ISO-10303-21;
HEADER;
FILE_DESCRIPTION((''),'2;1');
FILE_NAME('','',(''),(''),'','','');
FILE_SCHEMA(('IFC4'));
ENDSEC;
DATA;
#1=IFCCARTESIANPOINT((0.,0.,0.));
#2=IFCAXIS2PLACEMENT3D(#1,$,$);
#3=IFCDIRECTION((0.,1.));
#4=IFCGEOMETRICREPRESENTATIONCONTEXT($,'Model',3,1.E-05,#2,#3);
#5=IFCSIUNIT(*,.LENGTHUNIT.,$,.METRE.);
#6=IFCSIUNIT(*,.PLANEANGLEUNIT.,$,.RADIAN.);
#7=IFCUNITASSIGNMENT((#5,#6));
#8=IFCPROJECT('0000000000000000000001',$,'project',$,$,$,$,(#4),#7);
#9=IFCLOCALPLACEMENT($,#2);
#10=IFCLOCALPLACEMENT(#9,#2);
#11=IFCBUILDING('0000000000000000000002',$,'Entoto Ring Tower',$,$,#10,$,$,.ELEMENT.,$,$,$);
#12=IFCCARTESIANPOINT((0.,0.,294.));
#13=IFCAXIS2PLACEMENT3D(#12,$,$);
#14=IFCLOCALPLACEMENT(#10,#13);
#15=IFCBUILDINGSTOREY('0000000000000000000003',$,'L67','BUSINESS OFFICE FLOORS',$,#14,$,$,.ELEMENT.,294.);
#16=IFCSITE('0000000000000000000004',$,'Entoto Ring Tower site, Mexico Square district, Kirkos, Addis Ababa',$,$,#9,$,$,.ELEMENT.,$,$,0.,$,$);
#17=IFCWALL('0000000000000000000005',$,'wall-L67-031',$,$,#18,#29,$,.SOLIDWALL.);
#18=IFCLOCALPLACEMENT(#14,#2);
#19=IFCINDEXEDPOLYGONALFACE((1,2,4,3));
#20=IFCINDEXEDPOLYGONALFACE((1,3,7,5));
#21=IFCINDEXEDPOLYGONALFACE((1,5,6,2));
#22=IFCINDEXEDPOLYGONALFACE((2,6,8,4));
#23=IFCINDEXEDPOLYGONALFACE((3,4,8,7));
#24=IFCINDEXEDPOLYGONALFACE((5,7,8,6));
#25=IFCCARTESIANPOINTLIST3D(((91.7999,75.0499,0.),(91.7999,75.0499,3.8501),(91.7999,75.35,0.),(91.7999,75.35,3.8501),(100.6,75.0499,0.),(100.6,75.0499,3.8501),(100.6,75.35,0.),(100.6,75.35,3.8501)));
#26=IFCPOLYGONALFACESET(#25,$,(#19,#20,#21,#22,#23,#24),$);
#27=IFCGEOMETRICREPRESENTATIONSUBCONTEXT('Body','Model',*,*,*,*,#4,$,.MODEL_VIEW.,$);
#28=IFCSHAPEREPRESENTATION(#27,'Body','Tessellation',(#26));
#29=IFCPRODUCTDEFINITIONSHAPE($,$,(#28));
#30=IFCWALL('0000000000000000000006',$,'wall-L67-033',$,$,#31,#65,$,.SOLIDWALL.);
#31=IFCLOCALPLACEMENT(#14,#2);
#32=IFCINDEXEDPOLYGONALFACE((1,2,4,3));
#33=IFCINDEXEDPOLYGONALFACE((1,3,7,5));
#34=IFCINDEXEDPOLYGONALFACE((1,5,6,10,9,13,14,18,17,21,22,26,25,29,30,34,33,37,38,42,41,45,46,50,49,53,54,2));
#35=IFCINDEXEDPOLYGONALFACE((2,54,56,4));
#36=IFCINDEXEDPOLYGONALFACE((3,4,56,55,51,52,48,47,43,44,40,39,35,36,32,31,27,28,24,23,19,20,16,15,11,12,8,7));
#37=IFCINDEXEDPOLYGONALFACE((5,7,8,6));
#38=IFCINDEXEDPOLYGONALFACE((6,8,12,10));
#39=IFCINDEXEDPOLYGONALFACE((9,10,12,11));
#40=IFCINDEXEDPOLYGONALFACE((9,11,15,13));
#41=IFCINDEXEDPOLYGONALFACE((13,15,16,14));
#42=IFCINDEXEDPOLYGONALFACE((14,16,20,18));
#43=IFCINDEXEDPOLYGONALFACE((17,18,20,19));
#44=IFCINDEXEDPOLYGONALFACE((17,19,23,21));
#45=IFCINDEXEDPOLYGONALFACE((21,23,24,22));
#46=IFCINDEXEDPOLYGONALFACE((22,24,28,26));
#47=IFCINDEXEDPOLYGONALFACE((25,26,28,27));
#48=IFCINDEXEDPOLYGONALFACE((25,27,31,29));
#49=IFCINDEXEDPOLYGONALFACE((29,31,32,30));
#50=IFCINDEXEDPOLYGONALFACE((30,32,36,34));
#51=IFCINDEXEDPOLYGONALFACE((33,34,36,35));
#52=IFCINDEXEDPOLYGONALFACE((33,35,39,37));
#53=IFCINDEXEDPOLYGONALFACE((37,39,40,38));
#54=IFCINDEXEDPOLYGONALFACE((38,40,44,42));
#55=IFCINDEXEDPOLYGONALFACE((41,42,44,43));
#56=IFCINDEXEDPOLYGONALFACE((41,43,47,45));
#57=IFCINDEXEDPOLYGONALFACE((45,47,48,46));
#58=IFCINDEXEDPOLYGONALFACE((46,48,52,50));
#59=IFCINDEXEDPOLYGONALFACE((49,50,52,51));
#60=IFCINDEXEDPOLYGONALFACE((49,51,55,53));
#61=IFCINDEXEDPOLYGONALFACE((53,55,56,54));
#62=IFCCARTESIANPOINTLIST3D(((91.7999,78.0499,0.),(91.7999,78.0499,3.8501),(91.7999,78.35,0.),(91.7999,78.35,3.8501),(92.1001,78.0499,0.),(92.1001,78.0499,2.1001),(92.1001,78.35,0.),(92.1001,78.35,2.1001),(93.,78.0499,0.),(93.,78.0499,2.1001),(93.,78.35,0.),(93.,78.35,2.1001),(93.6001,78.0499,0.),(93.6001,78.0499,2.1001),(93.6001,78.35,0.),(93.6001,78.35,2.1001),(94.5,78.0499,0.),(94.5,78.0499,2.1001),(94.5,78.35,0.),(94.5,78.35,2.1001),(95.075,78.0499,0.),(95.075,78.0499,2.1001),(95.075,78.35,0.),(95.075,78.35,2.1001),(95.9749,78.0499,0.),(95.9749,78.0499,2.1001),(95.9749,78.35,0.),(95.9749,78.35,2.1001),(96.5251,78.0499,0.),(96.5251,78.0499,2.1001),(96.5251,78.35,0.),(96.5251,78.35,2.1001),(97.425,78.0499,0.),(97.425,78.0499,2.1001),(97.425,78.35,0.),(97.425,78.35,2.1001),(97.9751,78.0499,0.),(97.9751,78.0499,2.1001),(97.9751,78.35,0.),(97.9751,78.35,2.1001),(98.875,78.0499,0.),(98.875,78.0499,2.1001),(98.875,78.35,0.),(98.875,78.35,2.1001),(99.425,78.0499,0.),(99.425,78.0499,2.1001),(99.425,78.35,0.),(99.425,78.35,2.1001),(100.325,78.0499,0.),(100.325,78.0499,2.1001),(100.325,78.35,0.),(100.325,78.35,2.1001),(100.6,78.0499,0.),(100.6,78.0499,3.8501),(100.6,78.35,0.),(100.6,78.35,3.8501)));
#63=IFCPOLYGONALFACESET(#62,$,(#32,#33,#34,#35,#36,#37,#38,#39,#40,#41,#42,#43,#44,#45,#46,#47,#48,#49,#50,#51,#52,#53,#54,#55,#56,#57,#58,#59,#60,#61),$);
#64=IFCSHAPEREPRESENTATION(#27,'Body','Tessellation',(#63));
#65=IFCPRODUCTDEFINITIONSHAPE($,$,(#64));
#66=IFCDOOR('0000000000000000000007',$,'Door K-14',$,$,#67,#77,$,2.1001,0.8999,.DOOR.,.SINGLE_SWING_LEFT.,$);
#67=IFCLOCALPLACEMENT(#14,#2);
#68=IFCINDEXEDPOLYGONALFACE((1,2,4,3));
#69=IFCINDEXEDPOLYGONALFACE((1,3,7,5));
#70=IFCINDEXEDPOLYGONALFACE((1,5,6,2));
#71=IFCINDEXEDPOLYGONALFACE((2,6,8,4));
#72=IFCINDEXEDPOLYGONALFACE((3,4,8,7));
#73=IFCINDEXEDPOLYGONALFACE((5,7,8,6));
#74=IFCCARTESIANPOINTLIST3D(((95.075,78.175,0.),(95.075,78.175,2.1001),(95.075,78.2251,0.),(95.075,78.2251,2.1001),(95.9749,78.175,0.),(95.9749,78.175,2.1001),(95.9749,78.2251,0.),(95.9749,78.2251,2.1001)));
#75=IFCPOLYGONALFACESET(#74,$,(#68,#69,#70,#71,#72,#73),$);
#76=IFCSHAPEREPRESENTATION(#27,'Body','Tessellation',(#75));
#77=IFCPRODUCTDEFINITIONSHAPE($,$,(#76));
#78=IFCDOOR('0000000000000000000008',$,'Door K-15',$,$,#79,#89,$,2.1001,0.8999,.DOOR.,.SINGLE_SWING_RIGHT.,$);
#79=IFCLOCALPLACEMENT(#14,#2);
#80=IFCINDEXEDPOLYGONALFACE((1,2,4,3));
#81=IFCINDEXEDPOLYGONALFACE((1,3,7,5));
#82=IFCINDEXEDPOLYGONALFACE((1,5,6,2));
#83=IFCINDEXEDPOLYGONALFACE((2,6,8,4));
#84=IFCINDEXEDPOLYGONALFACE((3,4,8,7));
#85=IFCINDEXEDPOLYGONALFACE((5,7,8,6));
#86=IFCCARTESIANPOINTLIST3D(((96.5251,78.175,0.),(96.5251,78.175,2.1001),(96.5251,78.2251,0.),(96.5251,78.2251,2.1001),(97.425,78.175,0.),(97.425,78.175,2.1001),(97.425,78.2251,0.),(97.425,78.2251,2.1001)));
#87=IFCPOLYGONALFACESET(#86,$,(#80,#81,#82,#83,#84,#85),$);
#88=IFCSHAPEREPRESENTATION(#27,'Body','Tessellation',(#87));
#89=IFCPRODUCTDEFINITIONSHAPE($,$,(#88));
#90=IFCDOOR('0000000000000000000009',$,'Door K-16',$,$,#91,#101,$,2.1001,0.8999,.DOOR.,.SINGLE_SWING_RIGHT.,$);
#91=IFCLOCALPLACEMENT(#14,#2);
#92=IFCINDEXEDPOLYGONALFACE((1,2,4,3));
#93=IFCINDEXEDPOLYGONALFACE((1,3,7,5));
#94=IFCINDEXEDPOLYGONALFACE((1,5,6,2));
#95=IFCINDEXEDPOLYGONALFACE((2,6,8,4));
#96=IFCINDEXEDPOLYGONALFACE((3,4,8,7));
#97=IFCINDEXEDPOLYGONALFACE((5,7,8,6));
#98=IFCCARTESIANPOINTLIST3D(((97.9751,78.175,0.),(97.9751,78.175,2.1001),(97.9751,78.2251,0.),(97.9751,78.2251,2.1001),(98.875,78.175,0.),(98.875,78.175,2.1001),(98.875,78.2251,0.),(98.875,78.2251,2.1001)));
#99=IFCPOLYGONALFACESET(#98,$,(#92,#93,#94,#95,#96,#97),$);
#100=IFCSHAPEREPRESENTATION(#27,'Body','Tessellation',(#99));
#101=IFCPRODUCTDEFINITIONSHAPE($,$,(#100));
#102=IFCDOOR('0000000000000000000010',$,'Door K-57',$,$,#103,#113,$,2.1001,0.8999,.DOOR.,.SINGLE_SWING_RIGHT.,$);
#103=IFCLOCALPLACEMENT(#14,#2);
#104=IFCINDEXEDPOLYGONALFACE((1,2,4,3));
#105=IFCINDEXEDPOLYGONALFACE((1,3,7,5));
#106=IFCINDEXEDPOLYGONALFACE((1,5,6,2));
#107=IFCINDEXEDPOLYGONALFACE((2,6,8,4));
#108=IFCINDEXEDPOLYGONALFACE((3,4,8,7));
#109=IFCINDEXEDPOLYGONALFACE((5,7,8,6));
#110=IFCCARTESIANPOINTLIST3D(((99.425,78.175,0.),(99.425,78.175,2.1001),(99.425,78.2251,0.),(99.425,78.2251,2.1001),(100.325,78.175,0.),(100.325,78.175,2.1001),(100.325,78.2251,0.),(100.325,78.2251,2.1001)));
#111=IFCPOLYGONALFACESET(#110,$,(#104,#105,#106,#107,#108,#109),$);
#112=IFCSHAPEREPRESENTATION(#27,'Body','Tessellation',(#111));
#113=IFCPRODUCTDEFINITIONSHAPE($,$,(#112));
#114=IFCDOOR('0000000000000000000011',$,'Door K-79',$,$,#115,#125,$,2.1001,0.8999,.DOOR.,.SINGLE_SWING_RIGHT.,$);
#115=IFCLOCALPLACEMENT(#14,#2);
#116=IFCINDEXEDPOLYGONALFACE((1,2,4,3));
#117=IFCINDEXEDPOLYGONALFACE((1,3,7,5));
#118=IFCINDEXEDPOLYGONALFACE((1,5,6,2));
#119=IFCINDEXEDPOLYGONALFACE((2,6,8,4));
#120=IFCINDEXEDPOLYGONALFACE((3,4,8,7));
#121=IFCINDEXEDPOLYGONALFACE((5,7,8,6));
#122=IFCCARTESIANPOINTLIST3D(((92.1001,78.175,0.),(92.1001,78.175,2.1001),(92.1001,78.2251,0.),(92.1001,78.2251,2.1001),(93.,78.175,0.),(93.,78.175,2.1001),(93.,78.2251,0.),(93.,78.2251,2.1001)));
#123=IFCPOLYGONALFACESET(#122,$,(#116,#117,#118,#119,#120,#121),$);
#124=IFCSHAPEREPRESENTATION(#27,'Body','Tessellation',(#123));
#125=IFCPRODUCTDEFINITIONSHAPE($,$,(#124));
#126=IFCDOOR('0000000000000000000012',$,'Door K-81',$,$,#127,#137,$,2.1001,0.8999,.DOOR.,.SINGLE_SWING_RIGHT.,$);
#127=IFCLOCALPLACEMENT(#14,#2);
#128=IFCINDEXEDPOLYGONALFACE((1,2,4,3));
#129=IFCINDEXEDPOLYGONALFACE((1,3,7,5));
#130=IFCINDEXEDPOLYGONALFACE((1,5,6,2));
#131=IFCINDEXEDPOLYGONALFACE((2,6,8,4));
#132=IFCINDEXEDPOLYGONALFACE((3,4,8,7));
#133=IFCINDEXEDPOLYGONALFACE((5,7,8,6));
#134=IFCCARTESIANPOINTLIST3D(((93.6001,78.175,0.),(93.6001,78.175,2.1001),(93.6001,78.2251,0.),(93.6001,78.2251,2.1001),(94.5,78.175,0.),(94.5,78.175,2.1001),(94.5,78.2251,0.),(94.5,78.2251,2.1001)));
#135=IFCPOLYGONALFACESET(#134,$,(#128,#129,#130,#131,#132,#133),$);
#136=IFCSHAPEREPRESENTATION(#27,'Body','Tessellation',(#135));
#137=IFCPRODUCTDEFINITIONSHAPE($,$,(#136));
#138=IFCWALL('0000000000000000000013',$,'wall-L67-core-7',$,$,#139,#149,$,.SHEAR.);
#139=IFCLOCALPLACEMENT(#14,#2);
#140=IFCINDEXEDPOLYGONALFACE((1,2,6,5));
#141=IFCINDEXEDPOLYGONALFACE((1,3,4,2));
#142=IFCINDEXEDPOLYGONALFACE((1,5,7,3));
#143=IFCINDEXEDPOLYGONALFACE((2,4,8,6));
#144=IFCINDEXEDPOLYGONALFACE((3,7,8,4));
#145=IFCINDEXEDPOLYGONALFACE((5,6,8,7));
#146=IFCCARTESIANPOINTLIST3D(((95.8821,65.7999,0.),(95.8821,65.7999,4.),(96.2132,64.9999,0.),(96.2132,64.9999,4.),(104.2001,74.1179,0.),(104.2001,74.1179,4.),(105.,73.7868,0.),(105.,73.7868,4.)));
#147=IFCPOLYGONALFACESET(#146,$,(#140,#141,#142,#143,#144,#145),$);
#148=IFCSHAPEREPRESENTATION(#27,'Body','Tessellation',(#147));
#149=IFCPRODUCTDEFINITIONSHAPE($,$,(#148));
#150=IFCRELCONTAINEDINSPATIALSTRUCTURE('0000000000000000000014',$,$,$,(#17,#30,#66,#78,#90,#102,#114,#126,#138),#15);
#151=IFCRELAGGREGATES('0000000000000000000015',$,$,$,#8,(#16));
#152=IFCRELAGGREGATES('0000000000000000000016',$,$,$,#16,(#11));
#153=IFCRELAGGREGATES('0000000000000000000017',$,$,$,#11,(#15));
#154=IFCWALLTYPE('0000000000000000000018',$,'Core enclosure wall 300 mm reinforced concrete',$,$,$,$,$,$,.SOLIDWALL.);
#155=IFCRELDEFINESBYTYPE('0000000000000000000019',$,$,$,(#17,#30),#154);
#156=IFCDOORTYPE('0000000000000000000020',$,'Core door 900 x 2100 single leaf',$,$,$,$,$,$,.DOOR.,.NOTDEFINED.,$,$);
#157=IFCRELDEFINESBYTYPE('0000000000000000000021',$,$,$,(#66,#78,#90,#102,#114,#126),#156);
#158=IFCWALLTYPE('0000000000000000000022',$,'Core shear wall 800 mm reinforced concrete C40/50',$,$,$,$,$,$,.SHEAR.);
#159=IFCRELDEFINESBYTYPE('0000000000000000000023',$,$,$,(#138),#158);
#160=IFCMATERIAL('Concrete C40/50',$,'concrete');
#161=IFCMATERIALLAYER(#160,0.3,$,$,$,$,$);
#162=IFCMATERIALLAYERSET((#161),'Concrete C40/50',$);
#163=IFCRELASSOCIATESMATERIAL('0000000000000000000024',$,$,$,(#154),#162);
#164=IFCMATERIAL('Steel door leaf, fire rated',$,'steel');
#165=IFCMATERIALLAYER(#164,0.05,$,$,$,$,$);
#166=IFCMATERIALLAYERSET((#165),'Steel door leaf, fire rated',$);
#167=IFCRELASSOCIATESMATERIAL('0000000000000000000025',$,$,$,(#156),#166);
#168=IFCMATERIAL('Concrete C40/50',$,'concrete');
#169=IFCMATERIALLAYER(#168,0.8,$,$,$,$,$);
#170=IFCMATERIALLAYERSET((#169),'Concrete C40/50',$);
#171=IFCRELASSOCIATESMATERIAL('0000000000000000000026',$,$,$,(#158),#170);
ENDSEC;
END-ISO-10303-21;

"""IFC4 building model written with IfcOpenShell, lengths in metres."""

from ifc_helpers import new_model, si_unit, direction, frame, frame_2d, origin, place, context, subcontext, project, spatial, polyline, rectangle, outline, extrude, material, layer, layer_set, type_object, element, fill, save


model = new_model("IFC4")

# Units and contexts
model_context = context("Model", 3, precision=1e-05, world=origin(), true_north=direction((0.0, 1.0)))
body_context = subcontext(model_context, "Body", "Model", "MODEL_VIEW")
ifc_project = project(units=[si_unit("LENGTHUNIT", "METRE"), si_unit("PLANEANGLEUNIT", "RADIAN")], contexts=[model_context])

# Site, building, storey
site_placement = place(None, origin())
site = spatial("IfcSite", under=ifc_project, at=site_placement, Name="Entoto Ring Tower site, Mexico Square district, Kirkos, Addis Ababa", CompositionType="ELEMENT", RefElevation=0.0)
building_placement = place(site_placement, origin())
building = spatial("IfcBuilding", under=site, at=building_placement, Name="Entoto Ring Tower", CompositionType="ELEMENT")
storey_placement = place(building_placement, frame((0.0, 0.0, 294.0)))
storey = spatial("IfcBuildingStorey", under=building, at=storey_placement, Name="L67", Description="BUSINESS OFFICE FLOORS", CompositionType="ELEMENT", Elevation=294.0)

# Shared definitions
ifc_material_1 = material(Name="Concrete C40/50", Category="concrete")
ifc_layer_1 = layer(ifc_material_1, 0.3)
ifc_layer_set_1 = layer_set([ifc_layer_1], Name="Concrete C40/50")
wall_type_1 = type_object("IfcWallType", Name="Core enclosure wall 300 mm reinforced concrete", PredefinedType="SOLIDWALL", material=ifc_layer_set_1)

# Shared definitions
ifc_material_2 = material(Name="Steel door leaf, fire rated", Category="steel")
ifc_layer_2 = layer(ifc_material_2, 0.05)
ifc_layer_set_2 = layer_set([ifc_layer_2], Name="Steel door leaf, fire rated")
door_type_1 = type_object("IfcDoorType", Name="Core door 900 x 2100 single leaf", OperationType="NOTDEFINED", PredefinedType="DOOR", material=ifc_layer_set_2)

# Wall
wall_1_placement = place(storey_placement, frame((91.8, 75.2, 0.0), z_axis=(0.0, 0.0, 1.0), x_axis=(1.0, 0.0, 0.0)))
element("IfcWall", 1, at=wall_1_placement, inside=storey, type_object=wall_type_1, Name="wall-L67-031", PredefinedType="SOLIDWALL", context=body_context, shape_type="SweptSolid", body=[
    extrude(rectangle(XDim=8.8, YDim=0.3, at=frame_2d((4.3999, 0.0))), origin(), (0.0, 0.0, 1.0), 3.8501),
])

# Wall, openings, doors
wall_2_placement = place(storey_placement, frame((91.8, 78.2, 0.0), z_axis=(0.0, 0.0, 1.0), x_axis=(1.0, 0.0, 0.0)))
wall_2 = element("IfcWall", 2, at=wall_2_placement, inside=storey, type_object=wall_type_1, Name="wall-L67-033", PredefinedType="SOLIDWALL", context=body_context, shape_type="SweptSolid", body=[
    extrude(rectangle(XDim=8.8, YDim=0.3, at=frame_2d((4.3999, 0.0))), origin(), (0.0, 0.0, 1.0), 3.8501),
])
opening_1_placement = place(wall_2_placement, frame((3.2749, 0.0, 0.0)))
opening_1 = element("IfcOpeningElement", 3, at=opening_1_placement, cuts=wall_2, PredefinedType="OPENING", context=body_context, shape_type="SweptSolid", body=[
    extrude(rectangle(XDim=0.8999, YDim=2.1001, at=frame_2d((0.45, 1.05))), frame((0.0, 0.1602, 0.0), z_axis=(0.0, -1.0, 0.0), x_axis=(1.0, 0.0, 0.0)), (0.0, 0.0, 1.0), 0.3201),
])
opening_2_placement = place(wall_2_placement, frame((4.7251, 0.0, 0.0)))
opening_2 = element("IfcOpeningElement", 4, at=opening_2_placement, cuts=wall_2, PredefinedType="OPENING", context=body_context, shape_type="SweptSolid", body=[
    extrude(rectangle(XDim=0.8999, YDim=2.1001, at=frame_2d((0.45, 1.05))), frame((0.0, 0.1602, 0.0), z_axis=(0.0, -1.0, 0.0), x_axis=(1.0, 0.0, 0.0)), (0.0, 0.0, 1.0), 0.3201),
])
opening_3_placement = place(wall_2_placement, frame((6.175, 0.0, 0.0)))
opening_3 = element("IfcOpeningElement", 5, at=opening_3_placement, cuts=wall_2, PredefinedType="OPENING", context=body_context, shape_type="SweptSolid", body=[
    extrude(rectangle(XDim=0.8999, YDim=2.1001, at=frame_2d((0.45, 1.05))), frame((0.0, 0.1602, 0.0), z_axis=(0.0, -1.0, 0.0), x_axis=(1.0, 0.0, 0.0)), (0.0, 0.0, 1.0), 0.3201),
])
opening_4_placement = place(wall_2_placement, frame((7.625, 0.0, 0.0)))
opening_4 = element("IfcOpeningElement", 6, at=opening_4_placement, cuts=wall_2, PredefinedType="OPENING", context=body_context, shape_type="SweptSolid", body=[
    extrude(rectangle(XDim=0.8999, YDim=2.1001, at=frame_2d((0.45, 1.05))), frame((0.0, 0.1602, 0.0), z_axis=(0.0, -1.0, 0.0), x_axis=(1.0, 0.0, 0.0)), (0.0, 0.0, 1.0), 0.3201),
])
opening_5_placement = place(wall_2_placement, frame((0.3, 0.0, 0.0)))
opening_5 = element("IfcOpeningElement", 7, at=opening_5_placement, cuts=wall_2, PredefinedType="OPENING", context=body_context, shape_type="SweptSolid", body=[
    extrude(rectangle(XDim=0.8999, YDim=2.1001, at=frame_2d((0.45, 1.05))), frame((0.0, 0.1602, 0.0), z_axis=(0.0, -1.0, 0.0), x_axis=(1.0, 0.0, 0.0)), (0.0, 0.0, 1.0), 0.3201),
])
opening_6_placement = place(wall_2_placement, frame((1.8, 0.0, 0.0)))
opening_6 = element("IfcOpeningElement", 8, at=opening_6_placement, cuts=wall_2, PredefinedType="OPENING", context=body_context, shape_type="SweptSolid", body=[
    extrude(rectangle(XDim=0.8999, YDim=2.1001, at=frame_2d((0.45, 1.05))), frame((0.0, 0.1602, 0.0), z_axis=(0.0, -1.0, 0.0), x_axis=(1.0, 0.0, 0.0)), (0.0, 0.0, 1.0), 0.3201),
])
door_1_placement = place(opening_1_placement, frame((0.8999, 0.0, 0.0), z_axis=(0.0, 0.0, 1.0), x_axis=(-1.0, 0.0, 0.0)))
door_1 = element("IfcDoor", 9, at=door_1_placement, inside=storey, type_object=door_type_1, Name="Door K-14", OperationType="SINGLE_SWING_LEFT", OverallHeight=2.1001, OverallWidth=0.8999, PredefinedType="DOOR", context=body_context, shape_type="SweptSolid", body=[
    extrude(rectangle(XDim=0.8999, YDim=2.1001, at=frame_2d((0.45, 1.05))), frame((0.0, 0.0249, 0.0), z_axis=(0.0, -1.0, 0.0), x_axis=(1.0, 0.0, 0.0)), (0.0, 0.0, 1.0), 0.05),
])
fill(opening_1, door_1)
door_2_placement = place(opening_2_placement, frame((0.8999, 0.0, 0.0), z_axis=(0.0, 0.0, 1.0), x_axis=(-1.0, 0.0, 0.0)))
door_2 = element("IfcDoor", 10, at=door_2_placement, inside=storey, type_object=door_type_1, Name="Door K-15", OperationType="SINGLE_SWING_RIGHT", OverallHeight=2.1001, OverallWidth=0.8999, PredefinedType="DOOR", context=body_context, shape_type="SweptSolid", body=[
    extrude(rectangle(XDim=0.8999, YDim=2.1001, at=frame_2d((0.45, 1.05))), frame((0.0, 0.0249, 0.0), z_axis=(0.0, -1.0, 0.0), x_axis=(1.0, 0.0, 0.0)), (0.0, 0.0, 1.0), 0.05),
])
fill(opening_2, door_2)
door_3_placement = place(opening_3_placement, frame((0.8999, 0.0, 0.0), z_axis=(0.0, 0.0, 1.0), x_axis=(-1.0, 0.0, 0.0)))
door_3 = element("IfcDoor", 11, at=door_3_placement, inside=storey, type_object=door_type_1, Name="Door K-16", OperationType="SINGLE_SWING_RIGHT", OverallHeight=2.1001, OverallWidth=0.8999, PredefinedType="DOOR", context=body_context, shape_type="SweptSolid", body=[
    extrude(rectangle(XDim=0.8999, YDim=2.1001, at=frame_2d((0.45, 1.05))), frame((0.0, 0.0249, 0.0), z_axis=(0.0, -1.0, 0.0), x_axis=(1.0, 0.0, 0.0)), (0.0, 0.0, 1.0), 0.05),
])
fill(opening_3, door_3)
door_4_placement = place(opening_4_placement, frame((0.8999, 0.0, 0.0), z_axis=(0.0, 0.0, 1.0), x_axis=(-1.0, 0.0, 0.0)))
door_4 = element("IfcDoor", 12, at=door_4_placement, inside=storey, type_object=door_type_1, Name="Door K-57", OperationType="SINGLE_SWING_RIGHT", OverallHeight=2.1001, OverallWidth=0.8999, PredefinedType="DOOR", context=body_context, shape_type="SweptSolid", body=[
    extrude(rectangle(XDim=0.8999, YDim=2.1001, at=frame_2d((0.45, 1.05))), frame((0.0, 0.0249, 0.0), z_axis=(0.0, -1.0, 0.0), x_axis=(1.0, 0.0, 0.0)), (0.0, 0.0, 1.0), 0.05),
])
fill(opening_4, door_4)
door_5_placement = place(opening_5_placement, frame((0.8999, 0.0, 0.0), z_axis=(0.0, 0.0, 1.0), x_axis=(-1.0, 0.0, 0.0)))
door_5 = element("IfcDoor", 13, at=door_5_placement, inside=storey, type_object=door_type_1, Name="Door K-79", OperationType="SINGLE_SWING_RIGHT", OverallHeight=2.1001, OverallWidth=0.8999, PredefinedType="DOOR", context=body_context, shape_type="SweptSolid", body=[
    extrude(rectangle(XDim=0.8999, YDim=2.1001, at=frame_2d((0.45, 1.05))), frame((0.0, 0.0249, 0.0), z_axis=(0.0, -1.0, 0.0), x_axis=(1.0, 0.0, 0.0)), (0.0, 0.0, 1.0), 0.05),
])
fill(opening_5, door_5)
door_6_placement = place(opening_6_placement, frame((0.8999, 0.0, 0.0), z_axis=(0.0, 0.0, 1.0), x_axis=(-1.0, 0.0, 0.0)))
door_6 = element("IfcDoor", 14, at=door_6_placement, inside=storey, type_object=door_type_1, Name="Door K-81", OperationType="SINGLE_SWING_RIGHT", OverallHeight=2.1001, OverallWidth=0.8999, PredefinedType="DOOR", context=body_context, shape_type="SweptSolid", body=[
    extrude(rectangle(XDim=0.8999, YDim=2.1001, at=frame_2d((0.45, 1.05))), frame((0.0, 0.0249, 0.0), z_axis=(0.0, -1.0, 0.0), x_axis=(1.0, 0.0, 0.0)), (0.0, 0.0, 1.0), 0.05),
])
fill(opening_6, door_6)

# Wall
ifc_material_3 = material(Name="Concrete C40/50", Category="concrete")
ifc_layer_3 = layer(ifc_material_3, 0.8)
ifc_layer_set_3 = layer_set([ifc_layer_3], Name="Concrete C40/50")
wall_type_2 = type_object("IfcWallType", Name="Core shear wall 800 mm reinforced concrete C40/50", PredefinedType="SHEAR", material=ifc_layer_set_3)
wall_3_placement = place(storey_placement, frame((96.0476, 65.3999, 0.0), z_axis=(0.0, 0.0, 1.0), x_axis=(0.707107, 0.707107, 0.0)))
element("IfcWall", 15, at=wall_3_placement, inside=storey, type_object=wall_type_2, Name="wall-L67-core-7", PredefinedType="SHEAR", context=body_context, shape_type="SweptSolid", body=[
    extrude(outline(polyline([(-0.1658, -0.3999), (12.2607, -0.3999), (11.9292, 0.3999), (0.1658, 0.3999), (-0.1658, -0.3999)])), origin(), (0.0, 0.0, 1.0), 4.0),
])

save(model, "model.ifc")
